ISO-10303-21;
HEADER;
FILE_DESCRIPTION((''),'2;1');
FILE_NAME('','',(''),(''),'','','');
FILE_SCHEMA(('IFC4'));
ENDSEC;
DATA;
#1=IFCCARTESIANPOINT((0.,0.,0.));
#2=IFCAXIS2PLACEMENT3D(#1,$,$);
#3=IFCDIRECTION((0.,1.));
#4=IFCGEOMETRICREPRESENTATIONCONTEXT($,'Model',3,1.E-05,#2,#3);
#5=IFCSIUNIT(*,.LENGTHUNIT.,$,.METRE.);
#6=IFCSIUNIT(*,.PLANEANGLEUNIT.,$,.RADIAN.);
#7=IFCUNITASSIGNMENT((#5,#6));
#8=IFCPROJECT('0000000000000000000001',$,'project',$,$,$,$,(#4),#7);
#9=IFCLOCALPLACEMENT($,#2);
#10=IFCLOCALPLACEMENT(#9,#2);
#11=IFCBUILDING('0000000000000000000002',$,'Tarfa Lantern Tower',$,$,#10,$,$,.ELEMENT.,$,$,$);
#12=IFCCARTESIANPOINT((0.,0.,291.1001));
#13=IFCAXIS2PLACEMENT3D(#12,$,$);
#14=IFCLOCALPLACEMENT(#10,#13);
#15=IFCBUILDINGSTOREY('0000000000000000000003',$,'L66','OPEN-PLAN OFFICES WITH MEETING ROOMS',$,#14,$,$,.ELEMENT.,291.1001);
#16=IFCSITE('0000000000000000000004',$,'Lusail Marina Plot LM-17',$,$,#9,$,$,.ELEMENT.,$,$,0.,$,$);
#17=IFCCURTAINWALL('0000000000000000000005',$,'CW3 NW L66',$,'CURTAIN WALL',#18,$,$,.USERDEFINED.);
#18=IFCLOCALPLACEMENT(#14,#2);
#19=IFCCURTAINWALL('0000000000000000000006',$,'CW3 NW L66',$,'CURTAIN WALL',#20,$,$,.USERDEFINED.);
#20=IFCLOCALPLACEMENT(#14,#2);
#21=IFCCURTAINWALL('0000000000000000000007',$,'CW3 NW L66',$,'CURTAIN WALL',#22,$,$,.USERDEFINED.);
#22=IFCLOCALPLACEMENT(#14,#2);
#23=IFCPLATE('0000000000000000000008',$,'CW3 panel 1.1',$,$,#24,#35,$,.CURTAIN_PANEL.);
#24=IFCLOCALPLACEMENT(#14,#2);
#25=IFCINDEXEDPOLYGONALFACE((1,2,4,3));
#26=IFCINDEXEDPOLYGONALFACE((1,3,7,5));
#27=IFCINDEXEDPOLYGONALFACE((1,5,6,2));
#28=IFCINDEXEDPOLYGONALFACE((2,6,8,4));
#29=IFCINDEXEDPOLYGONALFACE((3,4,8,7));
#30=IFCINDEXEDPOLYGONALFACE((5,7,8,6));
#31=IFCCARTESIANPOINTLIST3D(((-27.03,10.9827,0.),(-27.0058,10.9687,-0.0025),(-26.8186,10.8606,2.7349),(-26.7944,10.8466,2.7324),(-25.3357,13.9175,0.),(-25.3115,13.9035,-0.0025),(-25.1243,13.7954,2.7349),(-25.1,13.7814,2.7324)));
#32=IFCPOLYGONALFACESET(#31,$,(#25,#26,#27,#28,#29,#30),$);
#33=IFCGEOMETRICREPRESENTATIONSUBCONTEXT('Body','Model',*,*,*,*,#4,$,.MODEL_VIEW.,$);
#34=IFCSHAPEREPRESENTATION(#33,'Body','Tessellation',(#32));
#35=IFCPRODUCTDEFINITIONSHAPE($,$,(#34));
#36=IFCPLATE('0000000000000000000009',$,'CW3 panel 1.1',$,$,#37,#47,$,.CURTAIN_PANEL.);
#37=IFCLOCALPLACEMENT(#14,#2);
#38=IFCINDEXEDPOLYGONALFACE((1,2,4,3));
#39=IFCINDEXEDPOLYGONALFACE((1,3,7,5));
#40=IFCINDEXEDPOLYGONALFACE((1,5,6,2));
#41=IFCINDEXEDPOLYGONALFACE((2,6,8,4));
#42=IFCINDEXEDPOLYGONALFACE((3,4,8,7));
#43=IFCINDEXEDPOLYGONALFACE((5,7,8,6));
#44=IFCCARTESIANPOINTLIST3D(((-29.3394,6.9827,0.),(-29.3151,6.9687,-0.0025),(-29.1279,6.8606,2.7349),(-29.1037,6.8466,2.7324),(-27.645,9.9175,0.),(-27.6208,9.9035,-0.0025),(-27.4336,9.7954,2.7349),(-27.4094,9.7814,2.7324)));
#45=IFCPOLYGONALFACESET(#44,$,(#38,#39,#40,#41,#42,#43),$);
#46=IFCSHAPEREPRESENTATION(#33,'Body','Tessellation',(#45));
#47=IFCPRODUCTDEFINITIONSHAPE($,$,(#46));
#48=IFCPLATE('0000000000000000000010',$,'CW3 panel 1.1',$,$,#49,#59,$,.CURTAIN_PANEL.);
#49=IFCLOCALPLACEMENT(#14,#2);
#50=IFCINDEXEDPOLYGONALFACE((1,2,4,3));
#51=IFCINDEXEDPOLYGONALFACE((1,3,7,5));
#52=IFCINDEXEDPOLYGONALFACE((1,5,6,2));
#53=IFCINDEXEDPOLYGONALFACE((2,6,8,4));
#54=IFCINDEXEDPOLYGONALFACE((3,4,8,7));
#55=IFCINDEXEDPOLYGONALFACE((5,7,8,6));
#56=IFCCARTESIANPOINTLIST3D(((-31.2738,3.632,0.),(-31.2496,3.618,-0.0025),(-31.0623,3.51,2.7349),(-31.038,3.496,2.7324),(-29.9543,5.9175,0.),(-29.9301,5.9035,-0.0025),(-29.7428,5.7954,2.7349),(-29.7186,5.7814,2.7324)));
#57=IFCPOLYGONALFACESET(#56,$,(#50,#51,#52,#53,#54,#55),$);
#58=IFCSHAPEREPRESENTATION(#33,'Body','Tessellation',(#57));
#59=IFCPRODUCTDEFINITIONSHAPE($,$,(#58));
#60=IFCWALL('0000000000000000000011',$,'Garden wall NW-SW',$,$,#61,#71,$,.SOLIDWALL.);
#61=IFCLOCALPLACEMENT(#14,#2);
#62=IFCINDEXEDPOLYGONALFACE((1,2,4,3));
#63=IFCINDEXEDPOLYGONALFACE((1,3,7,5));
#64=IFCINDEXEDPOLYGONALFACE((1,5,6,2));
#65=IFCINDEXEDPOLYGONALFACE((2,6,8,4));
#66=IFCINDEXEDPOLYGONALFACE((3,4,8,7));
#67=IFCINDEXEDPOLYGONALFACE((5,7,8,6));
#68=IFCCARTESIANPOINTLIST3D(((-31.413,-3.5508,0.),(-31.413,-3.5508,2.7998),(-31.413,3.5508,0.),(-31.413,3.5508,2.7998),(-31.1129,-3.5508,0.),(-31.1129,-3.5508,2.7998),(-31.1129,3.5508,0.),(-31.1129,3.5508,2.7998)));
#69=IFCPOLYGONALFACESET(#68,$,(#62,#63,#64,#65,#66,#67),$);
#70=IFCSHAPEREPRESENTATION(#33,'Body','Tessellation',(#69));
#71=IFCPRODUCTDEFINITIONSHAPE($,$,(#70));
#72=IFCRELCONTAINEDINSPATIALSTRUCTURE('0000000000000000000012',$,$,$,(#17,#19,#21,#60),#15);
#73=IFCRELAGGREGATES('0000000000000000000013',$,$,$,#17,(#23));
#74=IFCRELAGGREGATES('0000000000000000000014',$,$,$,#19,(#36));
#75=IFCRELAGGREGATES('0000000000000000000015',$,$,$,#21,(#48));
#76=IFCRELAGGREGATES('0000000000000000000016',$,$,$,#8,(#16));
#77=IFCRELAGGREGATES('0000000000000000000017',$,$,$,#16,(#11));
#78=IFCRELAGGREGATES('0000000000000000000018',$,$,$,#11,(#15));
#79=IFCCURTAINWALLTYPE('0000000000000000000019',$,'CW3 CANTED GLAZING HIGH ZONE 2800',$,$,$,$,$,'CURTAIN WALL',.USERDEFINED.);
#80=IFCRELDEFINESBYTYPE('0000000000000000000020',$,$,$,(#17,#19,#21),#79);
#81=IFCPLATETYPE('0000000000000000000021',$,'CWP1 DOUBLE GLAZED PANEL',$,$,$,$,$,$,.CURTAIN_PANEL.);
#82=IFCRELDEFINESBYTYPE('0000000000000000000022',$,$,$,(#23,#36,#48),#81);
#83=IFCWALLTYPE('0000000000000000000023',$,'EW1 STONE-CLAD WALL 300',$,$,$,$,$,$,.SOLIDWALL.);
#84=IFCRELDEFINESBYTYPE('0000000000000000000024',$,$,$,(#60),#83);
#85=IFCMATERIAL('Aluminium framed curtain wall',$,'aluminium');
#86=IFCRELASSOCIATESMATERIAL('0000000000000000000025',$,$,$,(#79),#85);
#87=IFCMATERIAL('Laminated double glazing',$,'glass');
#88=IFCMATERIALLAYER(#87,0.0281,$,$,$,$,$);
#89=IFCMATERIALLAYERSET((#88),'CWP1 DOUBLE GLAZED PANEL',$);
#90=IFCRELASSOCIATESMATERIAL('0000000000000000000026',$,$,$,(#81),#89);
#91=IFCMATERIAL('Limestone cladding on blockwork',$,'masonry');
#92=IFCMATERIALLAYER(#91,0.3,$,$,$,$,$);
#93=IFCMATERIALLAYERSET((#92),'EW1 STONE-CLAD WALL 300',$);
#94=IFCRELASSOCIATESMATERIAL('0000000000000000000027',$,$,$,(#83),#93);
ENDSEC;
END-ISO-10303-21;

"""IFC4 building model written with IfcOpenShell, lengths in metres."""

from ifc_helpers import new_model, si_unit, direction, frame, frame_2d, origin, place, context, subcontext, project, spatial, polyline, rectangle, outline, extrude, material, layer, layer_set, type_object, element, aggregate, save


model = new_model("IFC4")

# Units and contexts
model_context = context("Model", 3, precision=1e-05, world=origin(), true_north=direction((0.0, 1.0)))
body_context = subcontext(model_context, "Body", "Model", "MODEL_VIEW")
ifc_project = project(units=[si_unit("LENGTHUNIT", "METRE"), si_unit("PLANEANGLEUNIT", "RADIAN")], contexts=[model_context])

# Site, building, storey
site_placement = place(None, origin())
site = spatial("IfcSite", under=ifc_project, at=site_placement, Name="Lusail Marina Plot LM-17", CompositionType="ELEMENT", RefElevation=0.0)
building_placement = place(site_placement, origin())
building = spatial("IfcBuilding", under=site, at=building_placement, Name="Tarfa Lantern Tower", CompositionType="ELEMENT")
storey_placement = place(building_placement, frame((0.0, 0.0, 291.1001)))
storey = spatial("IfcBuildingStorey", under=building, at=storey_placement, Name="L66", Description="OPEN-PLAN OFFICES WITH MEETING ROOMS", CompositionType="ELEMENT", Elevation=291.1001)

# Curtain wall
ifc_material_1 = material(Name="Aluminium framed curtain wall", Category="aluminium")
curtain_wall_type = type_object("IfcCurtainWallType", Name="CW3 CANTED GLAZING HIGH ZONE 2800", ElementType="CURTAIN WALL", PredefinedType="USERDEFINED", material=ifc_material_1)
curtain_wall_1_placement = place(storey_placement, origin())
curtain_wall_1 = element("IfcCurtainWall", 1, at=curtain_wall_1_placement, inside=storey, type_object=curtain_wall_type, Name="CW3 NW L66", ObjectType="CURTAIN WALL", PredefinedType="USERDEFINED")

# Curtain walls
curtain_wall_2_placement = place(storey_placement, origin())
curtain_wall_2 = element("IfcCurtainWall", 2, at=curtain_wall_2_placement, inside=storey, type_object=curtain_wall_type, Name="CW3 NW L66", ObjectType="CURTAIN WALL", PredefinedType="USERDEFINED")
curtain_wall_3_placement = place(storey_placement, origin())
curtain_wall_3 = element("IfcCurtainWall", 3, at=curtain_wall_3_placement, inside=storey, type_object=curtain_wall_type, Name="CW3 NW L66", ObjectType="CURTAIN WALL", PredefinedType="USERDEFINED")

# Plates
ifc_material_2 = material(Name="Laminated double glazing", Category="glass")
ifc_layer_1 = layer(ifc_material_2, 0.0281)
ifc_layer_set_1 = layer_set([ifc_layer_1], Name="CWP1 DOUBLE GLAZED PANEL")
plate_type = type_object("IfcPlateType", Name="CWP1 DOUBLE GLAZED PANEL", PredefinedType="CURTAIN_PANEL", material=ifc_layer_set_1)
plate_1_placement = place(storey_placement, frame((-25.3357, 13.9175, 0.0), z_axis=(-0.862606, 0.498002, 0.088914), x_axis=(-0.499982, -0.866036, 0.0)))
plate_1 = element("IfcPlate", 4, at=plate_1_placement, type_object=plate_type, Name="CW3 panel 1.1", PredefinedType="CURTAIN_PANEL", context=body_context, shape_type="SweptSolid", body=[
    extrude(outline(polyline([(0.0, 0.0), (3.3888, 0.0), (3.3888, 2.7457), (0.0, 2.7457), (0.0, 0.0)])), origin(), (0.0, 0.0, -1.0), 0.0281),
])
aggregate(curtain_wall_1, [plate_1])
plate_2_placement = place(storey_placement, frame((-27.645, 9.9175, 0.0), z_axis=(-0.862606, 0.498002, 0.088914), x_axis=(-0.499982, -0.866036, 0.0)))
plate_2 = element("IfcPlate", 5, at=plate_2_placement, type_object=plate_type, Name="CW3 panel 1.1", PredefinedType="CURTAIN_PANEL", context=body_context, shape_type="SweptSolid", body=[
    extrude(outline(polyline([(0.0, 0.0), (3.3888, 0.0), (3.3888, 2.7457), (0.0, 2.7457), (0.0, 0.0)])), origin(), (0.0, 0.0, -1.0), 0.0281),
])
aggregate(curtain_wall_2, [plate_2])
plate_3_placement = place(storey_placement, frame((-29.9543, 5.9175, 0.0), z_axis=(-0.862595, 0.498013, 0.088952), x_axis=(-0.499995, -0.866028, -0.000004)))
plate_3 = element("IfcPlate", 6, at=plate_3_placement, type_object=plate_type, Name="CW3 panel 1.1", PredefinedType="CURTAIN_PANEL", context=body_context, shape_type="SweptSolid", body=[
    extrude(outline(polyline([(0.0, 0.0), (2.639, 0.0), (2.6389, 2.7458), (0.0, 2.7457), (0.0, 0.0)])), origin(), (0.0, 0.0, -1.0), 0.0281),
])
aggregate(curtain_wall_3, [plate_3])

# Wall
ifc_material_3 = material(Name="Limestone cladding on blockwork", Category="masonry")
ifc_layer_2 = layer(ifc_material_3, 0.3)
ifc_layer_set_2 = layer_set([ifc_layer_2], Name="EW1 STONE-CLAD WALL 300")
wall_type = type_object("IfcWallType", Name="EW1 STONE-CLAD WALL 300", PredefinedType="SOLIDWALL", material=ifc_layer_set_2)
wall_placement = place(storey_placement, frame((-31.2629, 3.5508, 0.0), z_axis=(0.0, 0.0, 1.0), x_axis=(0.0, -1.0, 0.0)))
element("IfcWall", 7, at=wall_placement, inside=storey, type_object=wall_type, Name="Garden wall NW-SW", PredefinedType="SOLIDWALL", context=body_context, shape_type="SweptSolid", body=[
    extrude(rectangle(XDim=7.1016, YDim=0.3, at=frame_2d((3.5508, 0.0))), origin(), (0.0, 0.0, 1.0), 2.7998),
])

save(model, "model.ifc")
